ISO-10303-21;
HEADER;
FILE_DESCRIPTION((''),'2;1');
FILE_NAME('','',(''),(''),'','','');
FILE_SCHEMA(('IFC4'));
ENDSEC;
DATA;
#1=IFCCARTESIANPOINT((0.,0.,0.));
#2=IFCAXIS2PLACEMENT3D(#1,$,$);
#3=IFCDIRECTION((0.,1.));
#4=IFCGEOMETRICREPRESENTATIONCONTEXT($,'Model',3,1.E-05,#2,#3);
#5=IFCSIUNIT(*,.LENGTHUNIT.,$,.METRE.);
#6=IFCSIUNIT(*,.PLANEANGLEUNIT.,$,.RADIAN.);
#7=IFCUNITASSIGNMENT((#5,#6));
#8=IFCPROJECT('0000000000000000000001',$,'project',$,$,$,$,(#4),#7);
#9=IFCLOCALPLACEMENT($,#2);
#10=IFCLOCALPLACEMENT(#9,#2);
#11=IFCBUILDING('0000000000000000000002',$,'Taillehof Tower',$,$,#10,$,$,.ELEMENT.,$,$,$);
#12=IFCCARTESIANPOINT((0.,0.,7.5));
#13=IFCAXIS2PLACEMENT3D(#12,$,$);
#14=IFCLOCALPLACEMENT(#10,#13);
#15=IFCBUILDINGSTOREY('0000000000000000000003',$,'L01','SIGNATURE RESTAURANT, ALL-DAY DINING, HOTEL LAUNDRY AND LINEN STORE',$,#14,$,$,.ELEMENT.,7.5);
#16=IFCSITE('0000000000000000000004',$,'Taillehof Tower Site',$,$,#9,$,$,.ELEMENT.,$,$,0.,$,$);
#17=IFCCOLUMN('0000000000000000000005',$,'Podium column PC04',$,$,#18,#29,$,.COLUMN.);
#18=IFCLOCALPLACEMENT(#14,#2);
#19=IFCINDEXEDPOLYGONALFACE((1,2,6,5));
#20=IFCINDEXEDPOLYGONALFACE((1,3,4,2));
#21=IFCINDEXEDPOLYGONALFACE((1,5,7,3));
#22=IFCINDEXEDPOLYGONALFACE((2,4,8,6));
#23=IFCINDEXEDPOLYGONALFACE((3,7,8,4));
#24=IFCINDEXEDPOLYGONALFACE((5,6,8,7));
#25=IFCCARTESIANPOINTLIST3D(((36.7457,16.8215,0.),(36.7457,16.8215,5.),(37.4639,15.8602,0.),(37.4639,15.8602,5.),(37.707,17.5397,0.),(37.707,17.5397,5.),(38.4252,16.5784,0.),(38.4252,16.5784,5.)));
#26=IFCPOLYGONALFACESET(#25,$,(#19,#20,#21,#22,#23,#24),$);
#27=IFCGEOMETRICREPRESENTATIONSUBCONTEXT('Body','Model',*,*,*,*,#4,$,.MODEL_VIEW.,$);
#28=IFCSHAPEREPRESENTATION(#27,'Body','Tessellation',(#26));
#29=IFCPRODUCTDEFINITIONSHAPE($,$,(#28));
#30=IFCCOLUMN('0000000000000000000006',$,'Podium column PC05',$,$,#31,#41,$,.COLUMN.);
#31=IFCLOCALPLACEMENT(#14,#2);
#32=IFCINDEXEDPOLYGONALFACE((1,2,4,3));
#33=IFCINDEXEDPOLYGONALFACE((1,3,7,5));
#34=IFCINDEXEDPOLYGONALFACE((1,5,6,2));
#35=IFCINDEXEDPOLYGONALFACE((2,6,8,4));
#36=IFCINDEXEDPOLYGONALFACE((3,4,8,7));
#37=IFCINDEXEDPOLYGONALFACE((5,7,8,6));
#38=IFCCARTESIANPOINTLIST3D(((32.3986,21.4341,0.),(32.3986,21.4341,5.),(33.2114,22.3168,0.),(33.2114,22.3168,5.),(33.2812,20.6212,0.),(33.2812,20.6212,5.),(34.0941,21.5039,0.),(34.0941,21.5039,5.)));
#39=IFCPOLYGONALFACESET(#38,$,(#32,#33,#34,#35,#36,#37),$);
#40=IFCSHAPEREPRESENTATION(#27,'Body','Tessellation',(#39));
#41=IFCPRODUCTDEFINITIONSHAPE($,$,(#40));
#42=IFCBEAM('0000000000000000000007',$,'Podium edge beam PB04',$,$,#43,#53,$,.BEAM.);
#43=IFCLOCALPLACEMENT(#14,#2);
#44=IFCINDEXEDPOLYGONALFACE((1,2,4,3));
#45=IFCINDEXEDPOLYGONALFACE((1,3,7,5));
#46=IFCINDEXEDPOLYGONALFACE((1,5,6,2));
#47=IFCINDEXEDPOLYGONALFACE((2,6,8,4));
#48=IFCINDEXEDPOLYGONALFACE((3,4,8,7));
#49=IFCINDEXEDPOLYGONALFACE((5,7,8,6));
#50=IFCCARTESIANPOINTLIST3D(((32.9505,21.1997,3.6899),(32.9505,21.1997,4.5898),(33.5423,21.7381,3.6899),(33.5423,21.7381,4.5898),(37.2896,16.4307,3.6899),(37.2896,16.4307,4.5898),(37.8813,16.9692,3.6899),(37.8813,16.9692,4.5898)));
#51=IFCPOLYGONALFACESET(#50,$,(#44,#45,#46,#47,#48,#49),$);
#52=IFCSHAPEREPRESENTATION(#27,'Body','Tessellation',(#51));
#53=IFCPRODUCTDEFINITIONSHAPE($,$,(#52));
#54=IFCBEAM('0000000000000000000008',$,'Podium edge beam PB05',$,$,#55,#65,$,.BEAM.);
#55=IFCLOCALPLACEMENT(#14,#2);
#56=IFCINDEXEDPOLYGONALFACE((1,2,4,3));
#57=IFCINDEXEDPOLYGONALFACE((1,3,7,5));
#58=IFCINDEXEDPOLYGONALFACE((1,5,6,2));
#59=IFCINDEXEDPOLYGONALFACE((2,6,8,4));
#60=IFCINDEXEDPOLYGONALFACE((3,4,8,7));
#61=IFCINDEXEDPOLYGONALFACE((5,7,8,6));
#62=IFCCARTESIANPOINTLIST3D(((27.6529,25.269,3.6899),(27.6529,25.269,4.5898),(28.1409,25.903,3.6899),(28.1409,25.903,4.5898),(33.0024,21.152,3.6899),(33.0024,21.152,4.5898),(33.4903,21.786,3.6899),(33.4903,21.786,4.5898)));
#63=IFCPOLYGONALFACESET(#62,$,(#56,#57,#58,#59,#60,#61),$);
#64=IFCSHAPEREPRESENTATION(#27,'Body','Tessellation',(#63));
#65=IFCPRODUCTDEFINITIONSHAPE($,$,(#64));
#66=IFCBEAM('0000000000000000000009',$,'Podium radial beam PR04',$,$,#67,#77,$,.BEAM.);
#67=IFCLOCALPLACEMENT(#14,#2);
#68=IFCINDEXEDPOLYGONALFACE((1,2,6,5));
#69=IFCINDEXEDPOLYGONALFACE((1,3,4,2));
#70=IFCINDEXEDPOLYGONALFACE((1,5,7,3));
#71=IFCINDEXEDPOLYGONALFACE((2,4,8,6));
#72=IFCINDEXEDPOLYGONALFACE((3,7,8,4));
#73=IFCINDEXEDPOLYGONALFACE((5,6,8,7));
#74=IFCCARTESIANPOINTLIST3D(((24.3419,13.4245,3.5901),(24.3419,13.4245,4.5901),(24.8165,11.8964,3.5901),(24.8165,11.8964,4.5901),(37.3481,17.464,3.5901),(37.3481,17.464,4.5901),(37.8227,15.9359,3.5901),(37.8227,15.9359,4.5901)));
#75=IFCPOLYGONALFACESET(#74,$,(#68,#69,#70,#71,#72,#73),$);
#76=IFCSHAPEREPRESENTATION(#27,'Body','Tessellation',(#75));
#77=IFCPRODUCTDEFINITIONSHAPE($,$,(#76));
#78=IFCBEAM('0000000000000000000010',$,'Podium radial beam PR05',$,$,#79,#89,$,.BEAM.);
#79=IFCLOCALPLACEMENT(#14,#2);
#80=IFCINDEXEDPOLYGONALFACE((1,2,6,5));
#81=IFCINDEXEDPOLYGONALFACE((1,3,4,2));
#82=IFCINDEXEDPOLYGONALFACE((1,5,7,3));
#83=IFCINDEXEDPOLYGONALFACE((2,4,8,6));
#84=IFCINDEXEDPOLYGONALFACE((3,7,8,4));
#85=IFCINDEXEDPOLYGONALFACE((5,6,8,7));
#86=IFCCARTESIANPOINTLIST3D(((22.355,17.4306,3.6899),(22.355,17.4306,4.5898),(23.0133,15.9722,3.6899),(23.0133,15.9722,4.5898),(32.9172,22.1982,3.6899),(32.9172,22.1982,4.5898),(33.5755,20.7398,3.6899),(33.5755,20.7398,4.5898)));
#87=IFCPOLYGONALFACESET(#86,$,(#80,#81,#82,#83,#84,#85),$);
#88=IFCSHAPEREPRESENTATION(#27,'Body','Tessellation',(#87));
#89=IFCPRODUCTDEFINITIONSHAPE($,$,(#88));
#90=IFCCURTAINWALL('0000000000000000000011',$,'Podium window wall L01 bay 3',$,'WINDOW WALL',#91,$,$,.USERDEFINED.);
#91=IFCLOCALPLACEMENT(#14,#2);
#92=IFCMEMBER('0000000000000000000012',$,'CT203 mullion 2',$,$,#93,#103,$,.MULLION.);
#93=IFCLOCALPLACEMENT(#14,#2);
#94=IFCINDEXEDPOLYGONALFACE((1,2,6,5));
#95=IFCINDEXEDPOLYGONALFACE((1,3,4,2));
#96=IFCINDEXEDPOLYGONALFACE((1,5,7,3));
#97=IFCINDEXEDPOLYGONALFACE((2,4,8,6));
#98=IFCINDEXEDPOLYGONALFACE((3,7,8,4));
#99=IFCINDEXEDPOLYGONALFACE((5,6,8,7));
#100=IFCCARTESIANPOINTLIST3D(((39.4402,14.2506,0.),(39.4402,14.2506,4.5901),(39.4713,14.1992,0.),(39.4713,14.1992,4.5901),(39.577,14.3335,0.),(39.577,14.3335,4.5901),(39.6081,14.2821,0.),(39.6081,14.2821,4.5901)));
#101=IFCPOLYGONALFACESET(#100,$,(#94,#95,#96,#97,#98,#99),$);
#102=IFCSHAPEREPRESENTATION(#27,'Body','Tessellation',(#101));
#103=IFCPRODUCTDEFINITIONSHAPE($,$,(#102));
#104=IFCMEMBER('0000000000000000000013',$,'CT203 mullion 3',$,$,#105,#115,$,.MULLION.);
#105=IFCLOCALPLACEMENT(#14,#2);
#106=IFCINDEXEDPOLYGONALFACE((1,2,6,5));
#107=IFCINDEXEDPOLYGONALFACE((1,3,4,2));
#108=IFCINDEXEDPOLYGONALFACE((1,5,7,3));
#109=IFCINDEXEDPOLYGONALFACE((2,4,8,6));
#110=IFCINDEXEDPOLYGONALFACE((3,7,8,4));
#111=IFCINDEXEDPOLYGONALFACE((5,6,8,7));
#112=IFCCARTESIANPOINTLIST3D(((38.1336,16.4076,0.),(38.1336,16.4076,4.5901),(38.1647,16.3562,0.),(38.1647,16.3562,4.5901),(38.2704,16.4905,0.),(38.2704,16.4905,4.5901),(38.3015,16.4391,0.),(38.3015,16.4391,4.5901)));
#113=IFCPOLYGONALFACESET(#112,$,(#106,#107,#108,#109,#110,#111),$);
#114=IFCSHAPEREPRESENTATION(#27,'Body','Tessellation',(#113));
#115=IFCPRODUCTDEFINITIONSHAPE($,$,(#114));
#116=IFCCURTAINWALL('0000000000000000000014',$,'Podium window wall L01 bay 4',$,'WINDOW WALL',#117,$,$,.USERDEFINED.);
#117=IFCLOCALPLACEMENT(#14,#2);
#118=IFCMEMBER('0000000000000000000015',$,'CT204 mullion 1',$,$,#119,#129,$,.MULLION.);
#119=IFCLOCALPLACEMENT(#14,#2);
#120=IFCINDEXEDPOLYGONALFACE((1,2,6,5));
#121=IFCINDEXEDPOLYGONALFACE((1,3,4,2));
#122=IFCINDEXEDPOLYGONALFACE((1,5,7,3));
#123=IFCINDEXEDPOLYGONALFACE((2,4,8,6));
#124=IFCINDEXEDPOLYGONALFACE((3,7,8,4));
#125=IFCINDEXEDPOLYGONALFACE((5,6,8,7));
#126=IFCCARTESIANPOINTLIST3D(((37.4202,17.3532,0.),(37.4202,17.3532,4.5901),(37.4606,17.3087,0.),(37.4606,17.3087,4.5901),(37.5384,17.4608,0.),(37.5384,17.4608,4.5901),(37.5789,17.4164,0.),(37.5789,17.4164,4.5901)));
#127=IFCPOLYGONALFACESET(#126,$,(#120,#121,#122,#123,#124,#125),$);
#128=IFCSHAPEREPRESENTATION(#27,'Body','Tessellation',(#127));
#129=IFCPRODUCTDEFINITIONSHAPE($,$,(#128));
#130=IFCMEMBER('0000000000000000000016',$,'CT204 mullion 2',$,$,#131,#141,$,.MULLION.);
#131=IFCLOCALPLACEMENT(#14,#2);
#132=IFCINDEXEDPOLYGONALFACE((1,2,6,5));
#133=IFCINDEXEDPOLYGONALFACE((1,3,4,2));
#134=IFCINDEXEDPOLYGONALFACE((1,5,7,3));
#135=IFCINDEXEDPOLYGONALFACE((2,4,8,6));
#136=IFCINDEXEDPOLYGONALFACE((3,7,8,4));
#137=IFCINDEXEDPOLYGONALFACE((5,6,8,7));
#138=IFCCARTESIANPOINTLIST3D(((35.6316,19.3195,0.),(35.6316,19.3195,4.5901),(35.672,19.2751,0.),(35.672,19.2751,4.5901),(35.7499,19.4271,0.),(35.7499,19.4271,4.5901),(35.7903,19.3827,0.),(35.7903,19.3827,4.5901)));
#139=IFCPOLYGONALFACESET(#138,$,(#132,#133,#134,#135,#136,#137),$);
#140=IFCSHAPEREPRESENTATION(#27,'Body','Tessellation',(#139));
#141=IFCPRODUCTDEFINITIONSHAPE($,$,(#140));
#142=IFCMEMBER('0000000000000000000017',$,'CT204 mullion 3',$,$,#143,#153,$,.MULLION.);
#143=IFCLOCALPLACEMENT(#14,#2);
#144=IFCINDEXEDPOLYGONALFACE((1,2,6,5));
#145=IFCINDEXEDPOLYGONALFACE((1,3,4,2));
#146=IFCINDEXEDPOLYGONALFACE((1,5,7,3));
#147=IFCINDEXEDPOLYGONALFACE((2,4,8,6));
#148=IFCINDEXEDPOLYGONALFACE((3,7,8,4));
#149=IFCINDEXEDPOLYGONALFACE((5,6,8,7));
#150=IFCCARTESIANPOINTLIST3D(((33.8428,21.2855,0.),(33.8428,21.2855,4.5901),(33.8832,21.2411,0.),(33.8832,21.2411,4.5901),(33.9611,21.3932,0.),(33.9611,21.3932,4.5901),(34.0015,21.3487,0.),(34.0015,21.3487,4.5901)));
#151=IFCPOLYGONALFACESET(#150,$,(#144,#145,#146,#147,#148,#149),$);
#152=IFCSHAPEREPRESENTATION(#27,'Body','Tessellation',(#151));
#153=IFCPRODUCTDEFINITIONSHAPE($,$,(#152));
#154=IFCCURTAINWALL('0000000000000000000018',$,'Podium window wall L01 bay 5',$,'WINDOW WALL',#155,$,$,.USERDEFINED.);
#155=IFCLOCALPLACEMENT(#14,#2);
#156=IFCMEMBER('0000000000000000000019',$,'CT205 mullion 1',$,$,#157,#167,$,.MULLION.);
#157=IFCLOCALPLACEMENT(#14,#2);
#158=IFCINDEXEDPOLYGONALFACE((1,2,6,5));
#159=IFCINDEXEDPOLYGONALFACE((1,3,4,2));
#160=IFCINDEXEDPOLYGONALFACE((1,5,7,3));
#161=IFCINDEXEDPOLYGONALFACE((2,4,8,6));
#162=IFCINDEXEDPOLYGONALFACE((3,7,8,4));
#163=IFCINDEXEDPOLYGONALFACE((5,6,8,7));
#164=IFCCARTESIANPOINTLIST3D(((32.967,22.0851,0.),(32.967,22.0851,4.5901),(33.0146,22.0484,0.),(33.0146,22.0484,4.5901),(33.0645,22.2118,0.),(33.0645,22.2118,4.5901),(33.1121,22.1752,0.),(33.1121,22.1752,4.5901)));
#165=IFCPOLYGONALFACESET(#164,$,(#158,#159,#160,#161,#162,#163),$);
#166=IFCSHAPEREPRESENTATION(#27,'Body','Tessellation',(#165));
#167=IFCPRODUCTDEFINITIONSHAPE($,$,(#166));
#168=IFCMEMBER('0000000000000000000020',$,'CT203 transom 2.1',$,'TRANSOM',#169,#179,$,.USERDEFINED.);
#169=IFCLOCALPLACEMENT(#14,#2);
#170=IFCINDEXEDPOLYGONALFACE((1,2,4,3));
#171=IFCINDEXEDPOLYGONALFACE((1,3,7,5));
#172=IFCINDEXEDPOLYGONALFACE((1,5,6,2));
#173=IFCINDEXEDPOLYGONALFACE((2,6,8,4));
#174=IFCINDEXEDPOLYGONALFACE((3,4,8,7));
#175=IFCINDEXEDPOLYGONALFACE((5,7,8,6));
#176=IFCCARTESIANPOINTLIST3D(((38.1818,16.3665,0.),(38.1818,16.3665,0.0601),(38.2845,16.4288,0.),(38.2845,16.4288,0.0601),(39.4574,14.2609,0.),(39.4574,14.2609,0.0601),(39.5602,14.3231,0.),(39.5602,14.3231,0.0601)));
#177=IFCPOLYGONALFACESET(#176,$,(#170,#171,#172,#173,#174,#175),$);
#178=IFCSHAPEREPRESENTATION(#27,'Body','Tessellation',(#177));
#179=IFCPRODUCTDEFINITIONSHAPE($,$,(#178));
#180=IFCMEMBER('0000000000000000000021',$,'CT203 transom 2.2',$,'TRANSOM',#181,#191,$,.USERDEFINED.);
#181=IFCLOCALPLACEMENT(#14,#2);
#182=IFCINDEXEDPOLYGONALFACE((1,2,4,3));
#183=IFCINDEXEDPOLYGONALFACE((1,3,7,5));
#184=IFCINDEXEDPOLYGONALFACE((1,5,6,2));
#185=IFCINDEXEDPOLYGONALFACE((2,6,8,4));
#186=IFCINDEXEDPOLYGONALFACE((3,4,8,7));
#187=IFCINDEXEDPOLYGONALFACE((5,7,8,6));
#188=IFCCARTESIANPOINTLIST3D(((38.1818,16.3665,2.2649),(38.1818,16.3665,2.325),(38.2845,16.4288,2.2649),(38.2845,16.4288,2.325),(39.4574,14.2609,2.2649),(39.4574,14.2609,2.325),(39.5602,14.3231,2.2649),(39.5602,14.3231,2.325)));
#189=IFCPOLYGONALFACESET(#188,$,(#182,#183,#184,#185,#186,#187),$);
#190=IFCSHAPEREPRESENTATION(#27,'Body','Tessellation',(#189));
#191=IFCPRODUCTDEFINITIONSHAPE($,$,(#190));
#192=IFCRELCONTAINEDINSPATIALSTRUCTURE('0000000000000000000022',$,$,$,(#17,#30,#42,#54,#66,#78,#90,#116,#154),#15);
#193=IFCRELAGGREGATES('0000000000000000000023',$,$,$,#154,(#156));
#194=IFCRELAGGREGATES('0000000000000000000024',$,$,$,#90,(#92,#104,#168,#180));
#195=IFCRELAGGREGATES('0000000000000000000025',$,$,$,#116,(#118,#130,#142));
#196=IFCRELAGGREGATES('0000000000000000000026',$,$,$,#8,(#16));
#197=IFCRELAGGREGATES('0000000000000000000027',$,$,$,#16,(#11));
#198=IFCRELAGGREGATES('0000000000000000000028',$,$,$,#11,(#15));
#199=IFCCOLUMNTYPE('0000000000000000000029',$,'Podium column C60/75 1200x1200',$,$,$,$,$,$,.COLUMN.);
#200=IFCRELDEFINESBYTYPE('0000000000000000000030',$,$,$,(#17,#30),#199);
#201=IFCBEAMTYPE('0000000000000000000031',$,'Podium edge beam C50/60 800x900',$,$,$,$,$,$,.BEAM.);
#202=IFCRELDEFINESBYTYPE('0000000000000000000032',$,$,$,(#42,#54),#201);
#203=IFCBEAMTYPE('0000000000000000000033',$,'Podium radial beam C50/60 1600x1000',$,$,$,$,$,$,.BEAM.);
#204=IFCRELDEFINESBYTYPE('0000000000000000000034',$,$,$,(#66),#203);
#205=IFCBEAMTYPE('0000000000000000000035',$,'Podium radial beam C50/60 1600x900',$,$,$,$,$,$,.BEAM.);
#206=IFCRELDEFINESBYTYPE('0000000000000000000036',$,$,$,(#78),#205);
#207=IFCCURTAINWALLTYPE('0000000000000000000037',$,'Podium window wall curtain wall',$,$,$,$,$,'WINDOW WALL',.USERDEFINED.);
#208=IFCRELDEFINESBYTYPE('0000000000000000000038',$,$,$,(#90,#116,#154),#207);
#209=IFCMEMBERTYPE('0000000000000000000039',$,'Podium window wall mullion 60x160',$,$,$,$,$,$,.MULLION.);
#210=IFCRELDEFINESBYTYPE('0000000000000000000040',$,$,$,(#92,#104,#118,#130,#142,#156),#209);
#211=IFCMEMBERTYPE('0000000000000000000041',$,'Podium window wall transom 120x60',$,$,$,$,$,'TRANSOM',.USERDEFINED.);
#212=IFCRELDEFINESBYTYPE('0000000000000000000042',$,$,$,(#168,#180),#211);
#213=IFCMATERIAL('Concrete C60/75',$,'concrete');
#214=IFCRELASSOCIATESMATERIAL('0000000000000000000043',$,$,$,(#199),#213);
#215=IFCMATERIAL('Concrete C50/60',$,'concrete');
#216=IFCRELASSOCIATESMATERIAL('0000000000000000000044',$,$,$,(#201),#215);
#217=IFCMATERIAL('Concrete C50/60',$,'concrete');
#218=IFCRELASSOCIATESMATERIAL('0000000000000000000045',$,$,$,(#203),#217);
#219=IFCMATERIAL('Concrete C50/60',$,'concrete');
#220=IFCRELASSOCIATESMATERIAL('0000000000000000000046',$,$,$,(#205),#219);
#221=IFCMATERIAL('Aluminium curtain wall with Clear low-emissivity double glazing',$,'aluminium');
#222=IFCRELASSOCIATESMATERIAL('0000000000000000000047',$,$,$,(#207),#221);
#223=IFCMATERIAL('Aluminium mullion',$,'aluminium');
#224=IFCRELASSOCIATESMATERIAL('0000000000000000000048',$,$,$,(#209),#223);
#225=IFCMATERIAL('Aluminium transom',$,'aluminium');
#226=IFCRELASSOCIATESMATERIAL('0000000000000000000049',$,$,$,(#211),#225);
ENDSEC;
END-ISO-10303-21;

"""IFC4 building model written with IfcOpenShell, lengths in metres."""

from ifc_helpers import new_model, si_unit, direction, frame, origin, origin_2d, place, context, subcontext, project, spatial, rectangle, extrude, material, material_profile, profile_set, type_object, element, aggregate, save


model = new_model("IFC4")

# Units and contexts
model_context = context("Model", 3, precision=1e-05, world=origin(), true_north=direction((0.0, 1.0)))
body_context = subcontext(model_context, "Body", "Model", "MODEL_VIEW")
ifc_project = project(units=[si_unit("LENGTHUNIT", "METRE"), si_unit("PLANEANGLEUNIT", "RADIAN")], contexts=[model_context])

# Site, building, storey
site_placement = place(None, origin())
site = spatial("IfcSite", under=ifc_project, at=site_placement, Name="Taillehof Tower Site", CompositionType="ELEMENT", RefElevation=0.0)
building_placement = place(site_placement, origin())
building = spatial("IfcBuilding", under=site, at=building_placement, Name="Taillehof Tower", CompositionType="ELEMENT")
storey_placement = place(building_placement, frame((0.0, 0.0, 7.5)))
storey = spatial("IfcBuildingStorey", under=building, at=storey_placement, Name="L01", Description="SIGNATURE RESTAURANT, ALL-DAY DINING, HOTEL LAUNDRY AND LINEN STORE", CompositionType="ELEMENT", Elevation=7.5)

# Columns
ifc_material_1 = material(Name="Concrete C60/75", Category="concrete")
ifc_material_profile_1 = material_profile(ifc_material_1, rectangle(XDim=1.2, YDim=1.2, at=origin_2d()), Name="RC 1200x1200")
ifc_profile_set_1 = profile_set([ifc_material_profile_1], Name="Concrete C60/75")
column_type = type_object("IfcColumnType", Name="Podium column C60/75 1200x1200", PredefinedType="COLUMN", material=ifc_profile_set_1)
for number, where, z_axis, x_axis, name in (
    (1, (37.5854, 16.7, 0.0), (0.0, 0.0, 1.0), (0.801091, 0.598542, 0.0), "Podium column PC04"),
    (2, (33.2463, 21.469, 0.0), (0.0, 0.0, 1.0), (0.677415, 0.735601, 0.0), "Podium column PC05"),
):
    element("IfcColumn", number, at=place(storey_placement, frame(where, z_axis=z_axis, x_axis=x_axis)), inside=storey, type_object=column_type, Name=name, PredefinedType="COLUMN", context=body_context, shape_type="SweptSolid", body=[
        extrude(rectangle(XDim=1.2, YDim=1.2, at=origin_2d()), origin(), (0.0, 0.0, 1.0), 5.0),
    ])

# Beams
ifc_material_2 = material(Name="Concrete C50/60", Category="concrete")
ifc_material_profile_2 = material_profile(ifc_material_2, rectangle(XDim=0.8, YDim=0.8999, at=origin_2d()), Name="RC 800x900")
ifc_profile_set_2 = profile_set([ifc_material_profile_2], Name="Concrete C50/60")
beam_type_1 = type_object("IfcBeamType", Name="Podium edge beam C50/60 800x900", PredefinedType="BEAM", material=ifc_profile_set_2)
beam_1_placement = place(storey_placement, frame((37.5854, 16.7, 4.1399), z_axis=(-0.67298, 0.739661, 0.0), x_axis=(-0.739661, -0.67298, 0.0)))
element("IfcBeam", 3, at=beam_1_placement, inside=storey, type_object=beam_type_1, Name="Podium edge beam PB04", PredefinedType="BEAM", context=body_context, shape_type="SweptSolid", body=[
    extrude(rectangle(XDim=0.8, YDim=0.8999, at=origin_2d()), origin(), (0.0, 0.0, 1.0), 6.4475),
])
beam_2_placement = place(storey_placement, frame((33.2463, 21.469, 4.1399), z_axis=(-0.792477, 0.609901, 0.0), x_axis=(-0.609901, -0.792477, 0.0)))
element("IfcBeam", 4, at=beam_2_placement, inside=storey, type_object=beam_type_1, Name="Podium edge beam PB05", PredefinedType="BEAM", context=body_context, shape_type="SweptSolid", body=[
    extrude(rectangle(XDim=0.8, YDim=0.8999, at=origin_2d()), origin(), (0.0, 0.0, 1.0), 6.7502),
])
ifc_material_3 = material(Name="Concrete C50/60", Category="concrete")
ifc_material_profile_3 = material_profile(ifc_material_3, rectangle(XDim=1.6001, YDim=1.0, at=origin_2d()), Name="RC 1600x1000")
ifc_profile_set_3 = profile_set([ifc_material_profile_3], Name="Concrete C50/60")
beam_type_2 = type_object("IfcBeamType", Name="Podium radial beam C50/60 1600x1000", PredefinedType="BEAM", material=ifc_profile_set_3)
beam_3_placement = place(storey_placement, frame((37.5854, 16.7, 4.0901), z_axis=(-0.955, -0.296607, 0.0), x_axis=(0.296607, -0.955, 0.0)))
element("IfcBeam", 5, at=beam_3_placement, inside=storey, type_object=beam_type_2, Name="Podium radial beam PR04", PredefinedType="BEAM", context=body_context, shape_type="SweptSolid", body=[
    extrude(rectangle(XDim=1.6001, YDim=1.0, at=origin_2d()), origin(), (0.0, 0.0, 1.0), 13.6191),
])
ifc_material_4 = material(Name="Concrete C50/60", Category="concrete")
ifc_material_profile_4 = material_profile(ifc_material_4, rectangle(XDim=1.6001, YDim=0.8999, at=origin_2d()), Name="RC 1600x900")
ifc_profile_set_4 = profile_set([ifc_material_profile_4], Name="Concrete C50/60")
beam_type_3 = type_object("IfcBeamType", Name="Podium radial beam C50/60 1600x900", PredefinedType="BEAM", material=ifc_profile_set_4)
beam_4_placement = place(storey_placement, frame((33.2463, 21.469, 4.1399), z_axis=(-0.911451, -0.411409, 0.0), x_axis=(0.411409, -0.911451, 0.0)))
element("IfcBeam", 6, at=beam_4_placement, inside=storey, type_object=beam_type_3, Name="Podium radial beam PR05", PredefinedType="BEAM", context=body_context, shape_type="SweptSolid", body=[
    extrude(rectangle(XDim=1.6001, YDim=0.8999, at=origin_2d()), origin(), (0.0, 0.0, 1.0), 11.5884),
])

# Curtain walls, members
ifc_material_5 = material(Name="Aluminium curtain wall with Clear low-emissivity double glazing", Category="aluminium")
curtain_wall_type = type_object("IfcCurtainWallType", Name="Podium window wall curtain wall", ElementType="WINDOW WALL", PredefinedType="USERDEFINED", material=ifc_material_5)
curtain_wall_1_placement = place(storey_placement, origin())
curtain_wall_1 = element("IfcCurtainWall", 7, at=curtain_wall_1_placement, inside=storey, type_object=curtain_wall_type, Name="Podium window wall L01 bay 3", ObjectType="WINDOW WALL", PredefinedType="USERDEFINED")
ifc_material_6 = material(Name="Aluminium mullion", Category="aluminium")
ifc_material_profile_5 = material_profile(ifc_material_6, rectangle(XDim=0.1599, YDim=0.0601, at=origin_2d()), Name="AL 60x160")
ifc_profile_set_5 = profile_set([ifc_material_profile_5], Name="Aluminium mullion")
member_type_1 = type_object("IfcMemberType", Name="Podium window wall mullion 60x160", PredefinedType="MULLION", material=ifc_profile_set_5)
member_1_placement = place(storey_placement, frame((39.5242, 14.2664, 0.0), z_axis=(0.0, 0.0, 1.0), x_axis=(-0.855289, -0.518151, 0.0)))
member_1 = element("IfcMember", 8, at=member_1_placement, type_object=member_type_1, Name="CT203 mullion 2", PredefinedType="MULLION", context=body_context, shape_type="SweptSolid", body=[
    extrude(rectangle(XDim=0.1599, YDim=0.0601, at=origin_2d()), origin(), (0.0, 0.0, 1.0), 4.5901),
])
member_2_placement = place(storey_placement, frame((38.2175, 16.4233, 0.0), z_axis=(0.0, 0.0, 1.0), x_axis=(-0.855289, -0.518151, 0.0)))
member_2 = element("IfcMember", 9, at=member_2_placement, type_object=member_type_1, Name="CT203 mullion 3", PredefinedType="MULLION", context=body_context, shape_type="SweptSolid", body=[
    extrude(rectangle(XDim=0.1599, YDim=0.0601, at=origin_2d()), origin(), (0.0, 0.0, 1.0), 4.5901),
])
curtain_wall_2_placement = place(storey_placement, origin())
curtain_wall_2 = element("IfcCurtainWall", 10, at=curtain_wall_2_placement, inside=storey, type_object=curtain_wall_type, Name="Podium window wall L01 bay 4", ObjectType="WINDOW WALL", PredefinedType="USERDEFINED")
member_3_placement = place(storey_placement, frame((37.4995, 17.3848, 0.0), z_axis=(0.0, 0.0, 1.0), x_axis=(-0.739707, -0.672929, 0.0)))
member_3 = element("IfcMember", 11, at=member_3_placement, type_object=member_type_1, Name="CT204 mullion 1", PredefinedType="MULLION", context=body_context, shape_type="SweptSolid", body=[
    extrude(rectangle(XDim=0.1599, YDim=0.0601, at=origin_2d()), origin(), (0.0, 0.0, 1.0), 4.5901),
])
member_4_placement = place(storey_placement, frame((35.7109, 19.3511, 0.0), z_axis=(0.0, 0.0, 1.0), x_axis=(-0.739707, -0.672929, 0.0)))
member_4 = element("IfcMember", 12, at=member_4_placement, type_object=member_type_1, Name="CT204 mullion 2", PredefinedType="MULLION", context=body_context, shape_type="SweptSolid", body=[
    extrude(rectangle(XDim=0.1599, YDim=0.0601, at=origin_2d()), origin(), (0.0, 0.0, 1.0), 4.5901),
])
member_5_placement = place(storey_placement, frame((33.9221, 21.3171, 0.0), z_axis=(0.0, 0.0, 1.0), x_axis=(-0.739707, -0.672929, 0.0)))
member_5 = element("IfcMember", 13, at=member_5_placement, type_object=member_type_1, Name="CT204 mullion 3", PredefinedType="MULLION", context=body_context, shape_type="SweptSolid", body=[
    extrude(rectangle(XDim=0.1599, YDim=0.0601, at=origin_2d()), origin(), (0.0, 0.0, 1.0), 4.5901),
])

# Curtain wall, member
curtain_wall_3_placement = place(storey_placement, origin())
curtain_wall_3 = element("IfcCurtainWall", 14, at=curtain_wall_3_placement, inside=storey, type_object=curtain_wall_type, Name="Podium window wall L01 bay 5", ObjectType="WINDOW WALL", PredefinedType="USERDEFINED")
member_6_placement = place(storey_placement, frame((33.0396, 22.1301, 0.0), z_axis=(0.0, 0.0, 1.0), x_axis=(-0.609932, -0.792454, 0.0)))
member_6 = element("IfcMember", 15, at=member_6_placement, type_object=member_type_1, Name="CT205 mullion 1", PredefinedType="MULLION", context=body_context, shape_type="SweptSolid", body=[
    extrude(rectangle(XDim=0.1599, YDim=0.0601, at=origin_2d()), origin(), (0.0, 0.0, 1.0), 4.5901),
])
aggregate(curtain_wall_3, [member_6])

# Members
ifc_material_7 = material(Name="Aluminium transom", Category="aluminium")
ifc_material_profile_6 = material_profile(ifc_material_7, rectangle(XDim=0.1201, YDim=0.0601, at=origin_2d()), Name="AL 120x60")
ifc_profile_set_6 = profile_set([ifc_material_profile_6], Name="Aluminium transom")
member_type_2 = type_object("IfcMemberType", Name="Podium window wall transom 120x60", ElementType="TRANSOM", PredefinedType="USERDEFINED", material=ifc_profile_set_6)
member_7_placement = place(storey_placement, frame((39.5088, 14.292, 0.03), z_axis=(-0.518137, 0.855298, 0.0), x_axis=(-0.855298, -0.518137, 0.0)))
member_7 = element("IfcMember", 16, at=member_7_placement, type_object=member_type_2, Name="CT203 transom 2.1", ObjectType="TRANSOM", PredefinedType="USERDEFINED", context=body_context, shape_type="SweptSolid", body=[
    extrude(rectangle(XDim=0.1201, YDim=0.0601, at=origin_2d()), origin(), (0.0, 0.0, 1.0), 2.4619),
])
member_8_placement = place(storey_placement, frame((39.5088, 14.292, 2.2949), z_axis=(-0.518137, 0.855298, 0.0), x_axis=(-0.855298, -0.518137, 0.0)))
member_8 = element("IfcMember", 17, at=member_8_placement, type_object=member_type_2, Name="CT203 transom 2.2", ObjectType="TRANSOM", PredefinedType="USERDEFINED", context=body_context, shape_type="SweptSolid", body=[
    extrude(rectangle(XDim=0.1201, YDim=0.0601, at=origin_2d()), origin(), (0.0, 0.0, 1.0), 2.4619),
])

aggregate(curtain_wall_1, [member_1, member_2, member_7, member_8])
aggregate(curtain_wall_2, [member_3, member_4, member_5])

save(model, "model.ifc")
